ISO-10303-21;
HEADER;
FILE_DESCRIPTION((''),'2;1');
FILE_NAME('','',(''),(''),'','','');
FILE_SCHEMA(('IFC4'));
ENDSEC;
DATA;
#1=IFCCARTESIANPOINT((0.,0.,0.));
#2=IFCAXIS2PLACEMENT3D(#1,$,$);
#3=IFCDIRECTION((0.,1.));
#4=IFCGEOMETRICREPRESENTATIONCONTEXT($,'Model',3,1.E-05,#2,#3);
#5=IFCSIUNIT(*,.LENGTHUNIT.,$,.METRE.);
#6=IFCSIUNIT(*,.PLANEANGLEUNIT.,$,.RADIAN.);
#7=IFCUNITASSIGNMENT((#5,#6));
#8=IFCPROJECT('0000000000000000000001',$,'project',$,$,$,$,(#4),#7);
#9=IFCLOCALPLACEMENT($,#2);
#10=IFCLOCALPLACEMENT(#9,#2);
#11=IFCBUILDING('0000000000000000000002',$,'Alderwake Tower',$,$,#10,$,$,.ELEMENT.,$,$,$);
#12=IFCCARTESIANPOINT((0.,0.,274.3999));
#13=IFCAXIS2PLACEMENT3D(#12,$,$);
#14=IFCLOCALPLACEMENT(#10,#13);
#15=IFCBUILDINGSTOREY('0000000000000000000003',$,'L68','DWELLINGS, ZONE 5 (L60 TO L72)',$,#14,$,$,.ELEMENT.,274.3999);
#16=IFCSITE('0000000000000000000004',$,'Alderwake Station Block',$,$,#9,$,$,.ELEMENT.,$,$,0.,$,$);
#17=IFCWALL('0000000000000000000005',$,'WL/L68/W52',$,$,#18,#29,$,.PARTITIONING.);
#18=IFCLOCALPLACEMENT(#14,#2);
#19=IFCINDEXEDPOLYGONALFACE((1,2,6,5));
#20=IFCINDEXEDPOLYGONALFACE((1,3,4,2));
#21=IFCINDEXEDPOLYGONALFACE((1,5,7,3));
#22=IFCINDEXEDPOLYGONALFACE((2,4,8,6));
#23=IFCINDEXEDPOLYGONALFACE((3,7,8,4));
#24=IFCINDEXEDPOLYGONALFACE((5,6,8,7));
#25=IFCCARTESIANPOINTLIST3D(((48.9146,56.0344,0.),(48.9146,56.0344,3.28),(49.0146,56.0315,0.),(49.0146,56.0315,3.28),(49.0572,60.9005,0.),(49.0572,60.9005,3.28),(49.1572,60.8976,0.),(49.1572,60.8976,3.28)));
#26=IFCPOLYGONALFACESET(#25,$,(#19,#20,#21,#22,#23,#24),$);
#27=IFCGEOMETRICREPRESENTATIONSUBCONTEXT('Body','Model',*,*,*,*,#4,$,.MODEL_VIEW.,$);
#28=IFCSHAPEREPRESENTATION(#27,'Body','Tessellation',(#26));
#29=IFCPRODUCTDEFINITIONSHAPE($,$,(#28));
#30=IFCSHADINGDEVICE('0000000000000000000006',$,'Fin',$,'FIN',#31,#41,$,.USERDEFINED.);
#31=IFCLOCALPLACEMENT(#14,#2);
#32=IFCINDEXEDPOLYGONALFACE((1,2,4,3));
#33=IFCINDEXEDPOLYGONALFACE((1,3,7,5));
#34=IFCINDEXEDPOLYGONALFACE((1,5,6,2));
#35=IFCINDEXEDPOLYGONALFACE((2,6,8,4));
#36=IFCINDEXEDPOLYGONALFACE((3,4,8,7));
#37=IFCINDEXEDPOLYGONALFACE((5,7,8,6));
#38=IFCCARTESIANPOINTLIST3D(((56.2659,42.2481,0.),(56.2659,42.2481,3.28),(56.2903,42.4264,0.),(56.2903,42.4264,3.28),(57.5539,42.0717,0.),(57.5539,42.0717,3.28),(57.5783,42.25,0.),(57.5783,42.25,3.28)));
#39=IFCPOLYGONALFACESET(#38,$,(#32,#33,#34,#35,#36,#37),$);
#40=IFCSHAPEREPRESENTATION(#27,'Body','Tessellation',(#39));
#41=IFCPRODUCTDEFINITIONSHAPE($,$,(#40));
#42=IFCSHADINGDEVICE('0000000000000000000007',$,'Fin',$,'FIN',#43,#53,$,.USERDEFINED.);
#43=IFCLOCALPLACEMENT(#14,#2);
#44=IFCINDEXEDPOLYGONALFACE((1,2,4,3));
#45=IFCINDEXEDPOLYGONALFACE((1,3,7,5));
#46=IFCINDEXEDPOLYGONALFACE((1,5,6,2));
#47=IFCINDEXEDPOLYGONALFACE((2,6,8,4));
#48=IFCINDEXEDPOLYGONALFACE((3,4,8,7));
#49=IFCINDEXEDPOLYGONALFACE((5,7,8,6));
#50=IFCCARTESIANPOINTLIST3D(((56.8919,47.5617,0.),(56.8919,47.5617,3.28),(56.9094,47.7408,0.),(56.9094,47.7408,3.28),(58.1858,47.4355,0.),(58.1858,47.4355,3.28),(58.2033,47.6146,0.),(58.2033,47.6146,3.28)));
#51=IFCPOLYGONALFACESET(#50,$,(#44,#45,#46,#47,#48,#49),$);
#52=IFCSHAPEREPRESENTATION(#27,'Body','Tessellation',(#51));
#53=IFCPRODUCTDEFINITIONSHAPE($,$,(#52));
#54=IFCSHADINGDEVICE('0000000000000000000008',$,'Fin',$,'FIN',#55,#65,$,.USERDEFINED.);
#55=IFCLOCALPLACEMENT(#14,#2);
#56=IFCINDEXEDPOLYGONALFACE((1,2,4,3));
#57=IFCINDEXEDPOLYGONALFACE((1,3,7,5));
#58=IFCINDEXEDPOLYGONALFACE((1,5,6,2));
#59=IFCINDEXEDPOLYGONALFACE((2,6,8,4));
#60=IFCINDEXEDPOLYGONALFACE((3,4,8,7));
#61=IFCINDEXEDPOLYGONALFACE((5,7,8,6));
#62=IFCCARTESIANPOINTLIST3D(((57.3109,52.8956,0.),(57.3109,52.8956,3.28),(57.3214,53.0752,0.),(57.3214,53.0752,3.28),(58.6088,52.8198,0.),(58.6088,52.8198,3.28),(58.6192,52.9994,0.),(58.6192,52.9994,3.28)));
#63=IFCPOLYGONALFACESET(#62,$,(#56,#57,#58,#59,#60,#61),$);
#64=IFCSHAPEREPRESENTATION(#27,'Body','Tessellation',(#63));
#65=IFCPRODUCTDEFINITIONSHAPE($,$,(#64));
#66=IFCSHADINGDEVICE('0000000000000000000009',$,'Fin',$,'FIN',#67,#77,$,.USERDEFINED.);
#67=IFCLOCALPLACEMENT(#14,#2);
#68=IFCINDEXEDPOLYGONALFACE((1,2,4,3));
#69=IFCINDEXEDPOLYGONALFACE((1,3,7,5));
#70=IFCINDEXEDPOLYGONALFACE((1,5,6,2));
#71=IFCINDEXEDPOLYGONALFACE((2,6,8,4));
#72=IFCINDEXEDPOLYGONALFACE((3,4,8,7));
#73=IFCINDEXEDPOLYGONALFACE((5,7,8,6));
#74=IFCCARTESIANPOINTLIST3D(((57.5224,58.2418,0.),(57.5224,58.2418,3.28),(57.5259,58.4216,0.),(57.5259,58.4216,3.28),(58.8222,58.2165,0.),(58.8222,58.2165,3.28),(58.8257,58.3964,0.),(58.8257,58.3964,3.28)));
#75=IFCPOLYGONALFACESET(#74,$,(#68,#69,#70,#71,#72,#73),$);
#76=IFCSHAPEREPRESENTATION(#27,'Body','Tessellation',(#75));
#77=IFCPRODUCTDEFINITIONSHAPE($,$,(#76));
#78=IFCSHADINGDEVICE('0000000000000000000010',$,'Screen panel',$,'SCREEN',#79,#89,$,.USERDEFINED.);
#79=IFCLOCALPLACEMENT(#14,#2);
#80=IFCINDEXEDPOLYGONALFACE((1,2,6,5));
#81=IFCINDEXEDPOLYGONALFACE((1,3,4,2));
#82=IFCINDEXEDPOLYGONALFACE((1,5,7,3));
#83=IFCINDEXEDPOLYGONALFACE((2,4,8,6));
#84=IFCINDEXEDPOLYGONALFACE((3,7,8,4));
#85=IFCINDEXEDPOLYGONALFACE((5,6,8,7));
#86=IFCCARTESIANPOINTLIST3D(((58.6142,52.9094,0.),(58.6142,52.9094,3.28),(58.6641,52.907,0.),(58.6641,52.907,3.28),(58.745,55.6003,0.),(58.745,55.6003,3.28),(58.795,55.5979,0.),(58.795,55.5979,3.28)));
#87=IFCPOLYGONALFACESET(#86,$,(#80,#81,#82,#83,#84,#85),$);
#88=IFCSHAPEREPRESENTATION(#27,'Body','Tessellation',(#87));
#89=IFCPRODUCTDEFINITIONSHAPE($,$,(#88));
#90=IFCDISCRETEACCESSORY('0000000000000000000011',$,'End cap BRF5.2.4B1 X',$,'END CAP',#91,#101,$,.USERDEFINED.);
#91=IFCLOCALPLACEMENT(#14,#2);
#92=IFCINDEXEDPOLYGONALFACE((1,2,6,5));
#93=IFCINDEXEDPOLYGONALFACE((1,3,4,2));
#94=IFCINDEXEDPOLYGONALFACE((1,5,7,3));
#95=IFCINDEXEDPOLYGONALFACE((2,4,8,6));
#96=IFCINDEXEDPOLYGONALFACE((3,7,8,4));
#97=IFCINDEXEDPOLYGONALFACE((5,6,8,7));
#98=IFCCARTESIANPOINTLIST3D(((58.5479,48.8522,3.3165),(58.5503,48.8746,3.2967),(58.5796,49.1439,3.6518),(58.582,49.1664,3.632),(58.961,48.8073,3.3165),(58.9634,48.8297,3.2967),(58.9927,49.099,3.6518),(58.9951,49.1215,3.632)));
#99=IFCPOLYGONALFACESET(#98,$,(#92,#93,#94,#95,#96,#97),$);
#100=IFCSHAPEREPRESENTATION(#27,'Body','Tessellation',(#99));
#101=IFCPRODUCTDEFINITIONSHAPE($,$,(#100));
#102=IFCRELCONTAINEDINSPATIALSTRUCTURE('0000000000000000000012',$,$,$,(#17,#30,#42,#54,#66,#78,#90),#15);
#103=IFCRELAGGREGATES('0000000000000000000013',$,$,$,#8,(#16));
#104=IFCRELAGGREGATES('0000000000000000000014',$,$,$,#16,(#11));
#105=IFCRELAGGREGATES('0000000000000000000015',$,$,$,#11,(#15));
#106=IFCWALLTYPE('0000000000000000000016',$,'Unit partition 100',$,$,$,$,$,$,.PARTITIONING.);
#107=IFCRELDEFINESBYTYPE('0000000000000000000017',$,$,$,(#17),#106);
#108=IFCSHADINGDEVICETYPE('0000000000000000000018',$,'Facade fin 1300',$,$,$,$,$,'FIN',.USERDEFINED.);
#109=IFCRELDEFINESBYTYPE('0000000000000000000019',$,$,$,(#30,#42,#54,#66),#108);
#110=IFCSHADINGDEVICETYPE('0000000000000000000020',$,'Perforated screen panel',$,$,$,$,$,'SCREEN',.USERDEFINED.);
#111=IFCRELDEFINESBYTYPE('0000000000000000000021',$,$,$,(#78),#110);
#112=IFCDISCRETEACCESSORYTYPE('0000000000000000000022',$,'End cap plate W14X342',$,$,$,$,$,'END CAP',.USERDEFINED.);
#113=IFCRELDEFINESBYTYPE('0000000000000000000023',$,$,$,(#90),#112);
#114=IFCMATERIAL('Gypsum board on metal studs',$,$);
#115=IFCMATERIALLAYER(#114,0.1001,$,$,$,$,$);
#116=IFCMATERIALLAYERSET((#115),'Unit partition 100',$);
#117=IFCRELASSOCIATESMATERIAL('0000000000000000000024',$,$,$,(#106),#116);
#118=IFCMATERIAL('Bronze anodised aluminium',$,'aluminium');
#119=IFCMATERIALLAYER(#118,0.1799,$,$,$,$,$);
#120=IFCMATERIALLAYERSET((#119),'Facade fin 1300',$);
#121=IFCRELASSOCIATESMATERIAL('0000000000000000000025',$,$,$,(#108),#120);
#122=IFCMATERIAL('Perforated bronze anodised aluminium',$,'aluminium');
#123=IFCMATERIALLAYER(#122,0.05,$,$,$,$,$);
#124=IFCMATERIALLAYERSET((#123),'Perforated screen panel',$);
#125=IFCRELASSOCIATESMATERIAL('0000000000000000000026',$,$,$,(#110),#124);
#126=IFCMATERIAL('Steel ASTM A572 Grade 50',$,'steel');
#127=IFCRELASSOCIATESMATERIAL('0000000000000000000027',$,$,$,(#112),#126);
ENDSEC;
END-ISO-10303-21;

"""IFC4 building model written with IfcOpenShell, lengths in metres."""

from ifc_helpers import new_model, si_unit, direction, frame, frame_2d, origin, origin_2d, place, context, subcontext, project, spatial, rectangle, extrude, material, layer, layer_set, material_profile, profile_set, type_object, element, save


model = new_model("IFC4")

# Units and contexts
model_context = context("Model", 3, precision=1e-05, world=origin(), true_north=direction((0.0, 1.0)))
body_context = subcontext(model_context, "Body", "Model", "MODEL_VIEW")
ifc_project = project(units=[si_unit("LENGTHUNIT", "METRE"), si_unit("PLANEANGLEUNIT", "RADIAN")], contexts=[model_context])

# Site, building, storey
site_placement = place(None, origin())
site = spatial("IfcSite", under=ifc_project, at=site_placement, Name="Alderwake Station Block", CompositionType="ELEMENT", RefElevation=0.0)
building_placement = place(site_placement, origin())
building = spatial("IfcBuilding", under=site, at=building_placement, Name="Alderwake Tower", CompositionType="ELEMENT")
storey_placement = place(building_placement, frame((0.0, 0.0, 274.3999)))
storey = spatial("IfcBuildingStorey", under=building, at=storey_placement, Name="L68", Description="DWELLINGS, ZONE 5 (L60 TO L72)", CompositionType="ELEMENT", Elevation=274.3999)

# Shared definitions
ifc_material_1 = material(Name="Gypsum board on metal studs")
ifc_layer_1 = layer(ifc_material_1, 0.1001)
ifc_layer_set_1 = layer_set([ifc_layer_1], Name="Unit partition 100")
wall_type_1 = type_object("IfcWallType", Name="Unit partition 100", PredefinedType="PARTITIONING", material=ifc_layer_set_1)

# Wall
wall_1_placement = place(storey_placement, frame((48.9646, 56.033, 0.0), z_axis=(0.0, 0.0, 1.0), x_axis=(0.029289, 0.999571, 0.0)))
element("IfcWall", 1, at=wall_1_placement, inside=storey, type_object=wall_type_1, Name="WL/L68/W52", PredefinedType="PARTITIONING", context=body_context, shape_type="SweptSolid", body=[
    extrude(rectangle(XDim=4.8682, YDim=0.1001, at=frame_2d((2.4341, 0.0))), origin(), (0.0, 0.0, 1.0), 3.28),
])

# Shading devices
ifc_material_2 = material(Name="Bronze anodised aluminium", Category="aluminium")
ifc_layer_2 = layer(ifc_material_2, 0.1799)
ifc_layer_set_2 = layer_set([ifc_layer_2], Name="Facade fin 1300")
shading_device_type_1 = type_object("IfcShadingDeviceType", Name="Facade fin 1300", ElementType="FIN", PredefinedType="USERDEFINED", material=ifc_layer_set_2)
for number, where, z_axis, x_axis, name in (
    (2, (56.9221, 42.249, 0.0), (0.0, 0.0, 1.0), (0.990753, -0.135681, 0.0), "Fin"),
    (3, (57.5476, 47.5881, 0.0), (0.0, 0.0, 1.0), (0.99528, -0.097046, 0.0), "Fin"),
    (4, (57.9651, 52.9475, 0.0), (0.0, 0.0, 1.0), (0.998301, -0.058266, 0.0), "Fin"),
    (5, (58.1741, 58.3191, 0.0), (0.0, 0.0, 1.0), (0.999812, -0.019398, 0.0), "Fin"),
):
    element("IfcShadingDevice", number, at=place(storey_placement, frame(where, z_axis=z_axis, x_axis=x_axis)), inside=storey, type_object=shading_device_type_1, Name=name, ObjectType="FIN", PredefinedType="USERDEFINED", context=body_context, shape_type="SweptSolid", body=[
        extrude(rectangle(XDim=1.3, YDim=0.1799, at=origin_2d()), origin(), (0.0, 0.0, 1.0), 3.28),
    ])
ifc_material_3 = material(Name="Perforated bronze anodised aluminium", Category="aluminium")
ifc_layer_3 = layer(ifc_material_3, 0.05)
ifc_layer_set_3 = layer_set([ifc_layer_3], Name="Perforated screen panel")
shading_device_type_2 = type_object("IfcShadingDeviceType", Name="Perforated screen panel", ElementType="SCREEN", PredefinedType="USERDEFINED", material=ifc_layer_set_3)
shading_device_placement = place(storey_placement, frame((58.7046, 54.2537, 0.0), z_axis=(0.0, 0.0, 1.0), x_axis=(0.998819, -0.048581, 0.0)))
element("IfcShadingDevice", 6, at=shading_device_placement, inside=storey, type_object=shading_device_type_2, Name="Screen panel", ObjectType="SCREEN", PredefinedType="USERDEFINED", context=body_context, shape_type="SweptSolid", body=[
    extrude(rectangle(XDim=0.05, YDim=2.6941, at=origin_2d()), origin(), (0.0, 0.0, 1.0), 3.28),
])

# Discrete accessory
ifc_material_4 = material(Name="Steel ASTM A572 Grade 50", Category="steel")
ifc_material_profile_1 = material_profile(ifc_material_4, rectangle(XDim=0.4155, YDim=0.4456, at=origin_2d()), Name="W14X342 cap")
ifc_profile_set_1 = profile_set([ifc_material_profile_1], Name="Steel ASTM A572 Grade 50")
discrete_accessory_type = type_object("IfcDiscreteAccessoryType", Name="End cap plate W14X342", ElementType="END CAP", PredefinedType="USERDEFINED", material=ifc_profile_set_1)
discrete_accessory_placement = place(storey_placement, frame((58.7727, 48.998, 3.4644), z_axis=(-0.081312, -0.748066, 0.658624), x_axis=(0.994144, -0.108059, 0.0)))
element("IfcDiscreteAccessory", 7, at=discrete_accessory_placement, inside=storey, type_object=discrete_accessory_type, Name="End cap BRF5.2.4B1 X", ObjectType="END CAP", PredefinedType="USERDEFINED", context=body_context, shape_type="SweptSolid", body=[
    extrude(rectangle(XDim=0.4155, YDim=0.4456, at=origin_2d()), origin(), (0.0, 0.0, 1.0), 0.03),
])

save(model, "model.ifc")
